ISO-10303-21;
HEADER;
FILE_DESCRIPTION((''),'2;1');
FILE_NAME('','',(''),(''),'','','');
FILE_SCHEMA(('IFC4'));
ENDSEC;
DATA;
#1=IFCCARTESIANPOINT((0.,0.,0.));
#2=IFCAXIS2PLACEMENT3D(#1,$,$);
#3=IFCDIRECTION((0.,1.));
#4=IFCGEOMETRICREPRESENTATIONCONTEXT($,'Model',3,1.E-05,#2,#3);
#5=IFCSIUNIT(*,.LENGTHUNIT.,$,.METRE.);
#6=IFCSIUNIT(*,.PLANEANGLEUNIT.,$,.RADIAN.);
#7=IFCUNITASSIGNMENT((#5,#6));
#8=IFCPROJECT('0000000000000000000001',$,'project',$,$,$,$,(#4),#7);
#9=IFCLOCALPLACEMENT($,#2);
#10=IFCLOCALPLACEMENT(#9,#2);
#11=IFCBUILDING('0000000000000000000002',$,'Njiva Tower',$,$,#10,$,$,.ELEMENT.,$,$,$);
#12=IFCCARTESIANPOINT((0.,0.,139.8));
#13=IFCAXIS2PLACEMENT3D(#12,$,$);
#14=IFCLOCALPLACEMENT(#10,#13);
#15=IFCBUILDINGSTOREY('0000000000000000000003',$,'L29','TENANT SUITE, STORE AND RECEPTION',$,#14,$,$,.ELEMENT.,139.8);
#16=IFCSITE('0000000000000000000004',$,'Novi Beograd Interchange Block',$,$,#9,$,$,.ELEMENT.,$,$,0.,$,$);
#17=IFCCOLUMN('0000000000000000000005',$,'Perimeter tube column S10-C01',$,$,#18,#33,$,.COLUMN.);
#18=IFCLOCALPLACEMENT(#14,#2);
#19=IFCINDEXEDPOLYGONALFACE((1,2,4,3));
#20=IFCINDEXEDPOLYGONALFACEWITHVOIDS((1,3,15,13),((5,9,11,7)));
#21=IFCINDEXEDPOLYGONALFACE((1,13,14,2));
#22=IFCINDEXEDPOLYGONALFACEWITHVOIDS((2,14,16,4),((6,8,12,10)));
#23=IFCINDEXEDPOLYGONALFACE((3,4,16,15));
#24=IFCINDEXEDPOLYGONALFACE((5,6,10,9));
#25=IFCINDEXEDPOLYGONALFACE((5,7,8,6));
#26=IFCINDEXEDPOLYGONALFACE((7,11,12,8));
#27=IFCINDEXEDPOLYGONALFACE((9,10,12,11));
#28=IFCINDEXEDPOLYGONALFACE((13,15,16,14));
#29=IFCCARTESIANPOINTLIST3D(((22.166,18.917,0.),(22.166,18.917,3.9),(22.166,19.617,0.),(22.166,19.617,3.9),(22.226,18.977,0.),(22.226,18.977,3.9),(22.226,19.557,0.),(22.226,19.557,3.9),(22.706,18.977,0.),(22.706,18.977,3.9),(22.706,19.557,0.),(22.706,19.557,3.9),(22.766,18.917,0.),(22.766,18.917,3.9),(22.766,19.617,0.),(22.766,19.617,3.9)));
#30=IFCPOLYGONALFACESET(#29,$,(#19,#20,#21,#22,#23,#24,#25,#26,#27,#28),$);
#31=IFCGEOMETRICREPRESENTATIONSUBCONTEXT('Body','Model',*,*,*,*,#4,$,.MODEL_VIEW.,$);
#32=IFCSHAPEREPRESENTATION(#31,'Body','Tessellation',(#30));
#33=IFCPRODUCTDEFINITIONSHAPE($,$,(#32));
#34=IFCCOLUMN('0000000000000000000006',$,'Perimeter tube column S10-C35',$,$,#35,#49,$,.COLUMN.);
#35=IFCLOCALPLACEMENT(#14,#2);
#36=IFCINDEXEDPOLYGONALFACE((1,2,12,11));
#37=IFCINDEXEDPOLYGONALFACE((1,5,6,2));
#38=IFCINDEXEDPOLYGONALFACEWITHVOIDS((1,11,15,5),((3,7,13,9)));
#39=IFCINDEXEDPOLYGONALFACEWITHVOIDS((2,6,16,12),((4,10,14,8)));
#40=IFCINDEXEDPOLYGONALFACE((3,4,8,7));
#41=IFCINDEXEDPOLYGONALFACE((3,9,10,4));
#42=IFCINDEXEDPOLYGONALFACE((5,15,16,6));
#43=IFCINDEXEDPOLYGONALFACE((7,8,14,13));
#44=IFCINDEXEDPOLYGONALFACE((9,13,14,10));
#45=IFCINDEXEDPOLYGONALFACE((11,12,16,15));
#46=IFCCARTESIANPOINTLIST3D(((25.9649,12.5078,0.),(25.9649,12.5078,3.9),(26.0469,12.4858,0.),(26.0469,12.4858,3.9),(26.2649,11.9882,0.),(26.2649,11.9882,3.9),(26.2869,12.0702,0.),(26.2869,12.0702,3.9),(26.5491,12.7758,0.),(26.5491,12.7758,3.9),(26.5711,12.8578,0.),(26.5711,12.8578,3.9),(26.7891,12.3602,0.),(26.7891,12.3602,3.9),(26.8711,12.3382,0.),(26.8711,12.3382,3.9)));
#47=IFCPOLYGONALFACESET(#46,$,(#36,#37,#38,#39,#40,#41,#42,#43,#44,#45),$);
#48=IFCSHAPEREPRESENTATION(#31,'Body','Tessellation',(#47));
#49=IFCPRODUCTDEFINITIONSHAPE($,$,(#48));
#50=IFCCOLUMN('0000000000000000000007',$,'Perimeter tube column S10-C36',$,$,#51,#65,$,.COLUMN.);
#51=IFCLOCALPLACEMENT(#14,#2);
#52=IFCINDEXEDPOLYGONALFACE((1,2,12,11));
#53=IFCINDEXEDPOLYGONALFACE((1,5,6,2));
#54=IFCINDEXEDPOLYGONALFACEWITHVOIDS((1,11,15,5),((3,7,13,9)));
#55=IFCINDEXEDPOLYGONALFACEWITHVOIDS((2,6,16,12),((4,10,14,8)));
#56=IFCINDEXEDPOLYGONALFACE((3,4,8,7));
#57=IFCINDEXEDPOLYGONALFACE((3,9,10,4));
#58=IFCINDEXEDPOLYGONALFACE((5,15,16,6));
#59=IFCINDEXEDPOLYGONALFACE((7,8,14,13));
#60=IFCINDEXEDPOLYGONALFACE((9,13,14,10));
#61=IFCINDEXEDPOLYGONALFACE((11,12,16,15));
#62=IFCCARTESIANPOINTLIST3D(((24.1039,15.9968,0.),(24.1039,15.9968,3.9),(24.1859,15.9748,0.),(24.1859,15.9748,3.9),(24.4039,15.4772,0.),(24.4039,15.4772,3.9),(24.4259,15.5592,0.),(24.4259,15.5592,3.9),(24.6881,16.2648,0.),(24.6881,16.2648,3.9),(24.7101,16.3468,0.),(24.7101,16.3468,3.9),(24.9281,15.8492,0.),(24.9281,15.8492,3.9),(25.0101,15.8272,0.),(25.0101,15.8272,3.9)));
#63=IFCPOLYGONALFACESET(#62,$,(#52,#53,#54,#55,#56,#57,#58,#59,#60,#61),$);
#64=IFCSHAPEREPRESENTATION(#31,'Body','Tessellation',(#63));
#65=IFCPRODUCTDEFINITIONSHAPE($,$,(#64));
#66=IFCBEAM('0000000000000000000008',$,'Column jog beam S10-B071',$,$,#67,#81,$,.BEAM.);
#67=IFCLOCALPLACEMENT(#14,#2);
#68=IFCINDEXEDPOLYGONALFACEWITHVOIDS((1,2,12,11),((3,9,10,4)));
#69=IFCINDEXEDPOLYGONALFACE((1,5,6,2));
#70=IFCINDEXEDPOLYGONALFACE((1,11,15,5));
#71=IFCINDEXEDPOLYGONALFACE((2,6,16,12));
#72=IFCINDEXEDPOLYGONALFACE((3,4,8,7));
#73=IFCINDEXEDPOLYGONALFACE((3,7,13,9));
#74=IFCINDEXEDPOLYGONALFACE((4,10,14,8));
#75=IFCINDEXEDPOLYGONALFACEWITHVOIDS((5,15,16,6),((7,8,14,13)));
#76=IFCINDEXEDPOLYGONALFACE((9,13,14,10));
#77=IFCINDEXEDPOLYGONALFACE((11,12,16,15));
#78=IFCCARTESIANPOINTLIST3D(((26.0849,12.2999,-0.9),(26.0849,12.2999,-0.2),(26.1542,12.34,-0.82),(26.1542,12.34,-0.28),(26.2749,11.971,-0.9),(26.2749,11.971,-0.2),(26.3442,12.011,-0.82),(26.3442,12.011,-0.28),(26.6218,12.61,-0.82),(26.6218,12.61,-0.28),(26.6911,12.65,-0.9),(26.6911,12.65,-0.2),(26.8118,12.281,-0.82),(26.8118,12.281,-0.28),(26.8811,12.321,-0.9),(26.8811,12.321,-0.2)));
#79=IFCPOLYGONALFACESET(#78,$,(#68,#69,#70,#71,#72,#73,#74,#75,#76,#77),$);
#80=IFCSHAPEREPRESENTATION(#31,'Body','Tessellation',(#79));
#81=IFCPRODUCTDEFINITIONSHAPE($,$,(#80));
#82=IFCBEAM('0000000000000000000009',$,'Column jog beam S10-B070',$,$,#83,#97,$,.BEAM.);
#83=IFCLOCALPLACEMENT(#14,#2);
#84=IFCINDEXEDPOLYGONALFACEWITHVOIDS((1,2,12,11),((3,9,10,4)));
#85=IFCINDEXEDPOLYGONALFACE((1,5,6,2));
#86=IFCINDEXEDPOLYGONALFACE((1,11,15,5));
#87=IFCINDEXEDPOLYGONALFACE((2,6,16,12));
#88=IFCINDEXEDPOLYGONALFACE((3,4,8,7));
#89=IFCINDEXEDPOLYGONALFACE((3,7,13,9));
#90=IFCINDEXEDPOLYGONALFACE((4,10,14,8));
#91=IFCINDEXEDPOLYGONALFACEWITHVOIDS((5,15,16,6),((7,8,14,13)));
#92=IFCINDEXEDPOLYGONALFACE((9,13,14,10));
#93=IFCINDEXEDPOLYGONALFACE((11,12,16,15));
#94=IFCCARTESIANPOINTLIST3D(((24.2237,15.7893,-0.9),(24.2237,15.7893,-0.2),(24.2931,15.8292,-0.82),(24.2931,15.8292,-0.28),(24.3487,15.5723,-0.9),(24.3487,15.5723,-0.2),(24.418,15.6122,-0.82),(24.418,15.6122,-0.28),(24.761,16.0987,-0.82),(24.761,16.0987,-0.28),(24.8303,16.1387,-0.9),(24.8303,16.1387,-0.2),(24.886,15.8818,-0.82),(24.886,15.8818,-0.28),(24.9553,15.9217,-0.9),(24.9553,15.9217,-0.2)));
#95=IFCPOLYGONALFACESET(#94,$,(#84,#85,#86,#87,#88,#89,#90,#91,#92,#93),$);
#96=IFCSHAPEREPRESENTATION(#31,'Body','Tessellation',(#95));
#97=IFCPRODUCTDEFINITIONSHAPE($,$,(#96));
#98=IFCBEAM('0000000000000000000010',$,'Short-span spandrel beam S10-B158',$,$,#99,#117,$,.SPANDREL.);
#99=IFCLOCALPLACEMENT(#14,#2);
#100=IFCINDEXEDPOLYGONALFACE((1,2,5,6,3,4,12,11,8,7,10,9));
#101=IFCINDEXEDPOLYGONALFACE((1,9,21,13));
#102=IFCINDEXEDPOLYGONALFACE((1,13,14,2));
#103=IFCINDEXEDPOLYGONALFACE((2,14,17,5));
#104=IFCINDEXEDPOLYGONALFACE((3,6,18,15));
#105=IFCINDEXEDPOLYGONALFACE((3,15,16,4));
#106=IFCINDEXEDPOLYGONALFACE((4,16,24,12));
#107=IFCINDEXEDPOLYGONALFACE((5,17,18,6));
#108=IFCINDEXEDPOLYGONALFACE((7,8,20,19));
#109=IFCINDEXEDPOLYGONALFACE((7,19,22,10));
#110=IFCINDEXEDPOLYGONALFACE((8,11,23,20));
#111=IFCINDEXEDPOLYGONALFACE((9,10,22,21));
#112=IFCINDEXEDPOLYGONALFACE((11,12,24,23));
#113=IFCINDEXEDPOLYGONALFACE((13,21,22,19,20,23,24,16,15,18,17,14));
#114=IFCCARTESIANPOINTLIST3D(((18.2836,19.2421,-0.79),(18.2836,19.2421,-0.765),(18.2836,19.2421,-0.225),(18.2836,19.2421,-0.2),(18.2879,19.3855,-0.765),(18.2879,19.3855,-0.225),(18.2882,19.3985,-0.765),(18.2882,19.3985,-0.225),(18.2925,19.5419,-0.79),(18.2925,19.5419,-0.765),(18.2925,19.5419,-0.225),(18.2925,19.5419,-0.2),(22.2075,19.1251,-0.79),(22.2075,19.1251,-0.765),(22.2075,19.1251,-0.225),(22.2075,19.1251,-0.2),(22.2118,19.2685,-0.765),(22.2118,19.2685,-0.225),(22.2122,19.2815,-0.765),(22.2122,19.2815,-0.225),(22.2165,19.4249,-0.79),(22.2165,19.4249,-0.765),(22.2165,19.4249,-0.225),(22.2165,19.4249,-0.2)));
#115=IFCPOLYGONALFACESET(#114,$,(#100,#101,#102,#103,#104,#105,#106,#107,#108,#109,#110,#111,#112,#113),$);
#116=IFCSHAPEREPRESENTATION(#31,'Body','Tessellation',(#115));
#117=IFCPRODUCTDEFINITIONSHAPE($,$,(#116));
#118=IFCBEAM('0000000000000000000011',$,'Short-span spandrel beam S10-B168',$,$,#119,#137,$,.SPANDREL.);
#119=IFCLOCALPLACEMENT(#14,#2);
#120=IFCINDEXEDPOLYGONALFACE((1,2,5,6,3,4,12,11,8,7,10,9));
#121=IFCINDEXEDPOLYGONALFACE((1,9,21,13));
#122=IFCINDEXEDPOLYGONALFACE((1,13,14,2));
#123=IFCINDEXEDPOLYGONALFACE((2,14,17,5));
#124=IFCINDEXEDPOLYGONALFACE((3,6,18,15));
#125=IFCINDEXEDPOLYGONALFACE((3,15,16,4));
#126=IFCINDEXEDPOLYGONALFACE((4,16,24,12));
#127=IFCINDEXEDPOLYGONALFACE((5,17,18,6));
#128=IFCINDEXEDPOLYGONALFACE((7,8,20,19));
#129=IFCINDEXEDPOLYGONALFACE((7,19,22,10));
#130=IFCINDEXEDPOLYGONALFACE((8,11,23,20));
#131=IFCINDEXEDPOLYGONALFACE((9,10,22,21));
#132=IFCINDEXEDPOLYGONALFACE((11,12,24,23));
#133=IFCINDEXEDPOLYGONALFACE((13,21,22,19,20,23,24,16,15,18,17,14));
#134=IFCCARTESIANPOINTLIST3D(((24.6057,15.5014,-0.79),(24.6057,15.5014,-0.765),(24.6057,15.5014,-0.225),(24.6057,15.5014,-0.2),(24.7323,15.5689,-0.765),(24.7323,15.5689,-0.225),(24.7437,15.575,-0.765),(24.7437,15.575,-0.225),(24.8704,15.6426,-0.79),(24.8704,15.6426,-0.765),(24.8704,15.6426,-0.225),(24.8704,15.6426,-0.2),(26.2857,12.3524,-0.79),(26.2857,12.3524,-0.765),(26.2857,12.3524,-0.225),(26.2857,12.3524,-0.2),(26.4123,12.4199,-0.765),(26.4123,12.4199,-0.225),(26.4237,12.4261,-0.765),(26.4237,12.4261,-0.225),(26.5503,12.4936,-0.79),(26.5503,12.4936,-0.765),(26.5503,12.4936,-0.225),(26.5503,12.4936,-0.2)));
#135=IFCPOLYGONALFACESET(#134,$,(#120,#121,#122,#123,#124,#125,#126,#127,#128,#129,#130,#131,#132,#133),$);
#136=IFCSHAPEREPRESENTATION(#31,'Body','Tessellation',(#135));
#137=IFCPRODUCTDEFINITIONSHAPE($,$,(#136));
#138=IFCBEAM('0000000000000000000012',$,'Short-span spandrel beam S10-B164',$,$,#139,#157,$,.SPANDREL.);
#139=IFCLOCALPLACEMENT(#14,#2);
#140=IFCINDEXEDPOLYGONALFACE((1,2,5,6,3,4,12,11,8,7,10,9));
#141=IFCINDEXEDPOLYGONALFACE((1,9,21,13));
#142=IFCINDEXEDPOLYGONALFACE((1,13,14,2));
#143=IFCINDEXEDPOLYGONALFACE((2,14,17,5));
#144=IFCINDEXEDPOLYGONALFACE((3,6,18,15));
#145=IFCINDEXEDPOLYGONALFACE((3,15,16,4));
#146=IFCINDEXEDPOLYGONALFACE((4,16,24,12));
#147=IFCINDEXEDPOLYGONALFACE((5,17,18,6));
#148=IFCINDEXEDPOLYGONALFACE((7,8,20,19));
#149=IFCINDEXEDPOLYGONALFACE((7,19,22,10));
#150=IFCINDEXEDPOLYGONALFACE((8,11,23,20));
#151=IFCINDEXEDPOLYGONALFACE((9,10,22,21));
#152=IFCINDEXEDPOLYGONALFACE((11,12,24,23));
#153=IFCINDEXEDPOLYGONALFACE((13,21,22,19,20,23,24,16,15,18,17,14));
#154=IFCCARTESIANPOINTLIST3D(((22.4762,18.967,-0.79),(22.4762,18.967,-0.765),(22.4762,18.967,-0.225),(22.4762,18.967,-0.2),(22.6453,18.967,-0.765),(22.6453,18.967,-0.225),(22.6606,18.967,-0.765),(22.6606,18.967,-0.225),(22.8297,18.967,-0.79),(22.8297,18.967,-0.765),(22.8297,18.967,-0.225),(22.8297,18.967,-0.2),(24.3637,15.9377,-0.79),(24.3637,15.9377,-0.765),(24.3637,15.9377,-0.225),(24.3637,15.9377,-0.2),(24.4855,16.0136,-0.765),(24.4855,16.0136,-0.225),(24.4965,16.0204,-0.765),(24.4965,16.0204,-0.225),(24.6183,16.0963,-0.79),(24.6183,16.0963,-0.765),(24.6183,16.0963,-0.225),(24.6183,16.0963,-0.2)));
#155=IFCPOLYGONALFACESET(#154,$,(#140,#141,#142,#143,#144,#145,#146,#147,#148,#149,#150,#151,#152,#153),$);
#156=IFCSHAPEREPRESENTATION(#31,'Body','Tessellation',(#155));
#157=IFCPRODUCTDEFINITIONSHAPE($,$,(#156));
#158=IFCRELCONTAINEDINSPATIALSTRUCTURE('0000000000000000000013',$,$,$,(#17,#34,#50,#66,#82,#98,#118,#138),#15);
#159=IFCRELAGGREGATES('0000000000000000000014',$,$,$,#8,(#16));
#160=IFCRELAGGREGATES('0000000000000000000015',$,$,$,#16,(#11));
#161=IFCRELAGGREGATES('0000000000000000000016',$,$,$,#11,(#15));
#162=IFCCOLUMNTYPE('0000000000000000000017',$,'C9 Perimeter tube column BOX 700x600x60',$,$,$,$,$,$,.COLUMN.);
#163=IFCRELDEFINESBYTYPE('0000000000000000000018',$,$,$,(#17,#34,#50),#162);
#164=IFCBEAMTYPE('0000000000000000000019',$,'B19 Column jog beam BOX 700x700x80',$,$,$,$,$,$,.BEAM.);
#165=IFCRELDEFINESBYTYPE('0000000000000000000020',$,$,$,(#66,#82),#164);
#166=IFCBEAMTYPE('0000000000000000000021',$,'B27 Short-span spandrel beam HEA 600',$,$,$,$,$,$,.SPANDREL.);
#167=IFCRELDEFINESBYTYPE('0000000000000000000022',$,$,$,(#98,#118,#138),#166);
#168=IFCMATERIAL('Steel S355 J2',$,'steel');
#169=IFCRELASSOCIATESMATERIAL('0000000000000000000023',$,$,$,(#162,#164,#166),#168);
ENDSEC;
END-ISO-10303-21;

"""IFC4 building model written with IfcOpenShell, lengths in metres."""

from ifc_helpers import new_model, si_unit, direction, frame, origin, origin_2d, place, context, subcontext, project, spatial, hollow_rectangle, i_section, extrude, clip, halfspace, material, material_profile, profile_set, type_object, element, save


model = new_model("IFC4")

# Units and contexts
model_context = context("Model", 3, precision=1e-05, world=origin(), true_north=direction((0.0, 1.0)))
body_context = subcontext(model_context, "Body", "Model", "MODEL_VIEW")
ifc_project = project(units=[si_unit("LENGTHUNIT", "METRE"), si_unit("PLANEANGLEUNIT", "RADIAN")], contexts=[model_context])

# Site, building, storey
site_placement = place(None, origin())
site = spatial("IfcSite", under=ifc_project, at=site_placement, Name="Novi Beograd Interchange Block", CompositionType="ELEMENT", RefElevation=0.0)
building_placement = place(site_placement, origin())
building = spatial("IfcBuilding", under=site, at=building_placement, Name="Njiva Tower", CompositionType="ELEMENT")
storey_placement = place(building_placement, frame((0.0, 0.0, 139.8)))
storey = spatial("IfcBuildingStorey", under=building, at=storey_placement, Name="L29", Description="TENANT SUITE, STORE AND RECEPTION", CompositionType="ELEMENT", Elevation=139.8)

# Columns
ifc_material_1 = material(Name="Steel S355 J2", Category="steel")
ifc_material_profile_1 = material_profile(ifc_material_1, hollow_rectangle(XDim=0.6, YDim=0.7, WallThickness=0.06, at=origin_2d()), Name="BOX 700x600x60")
ifc_profile_set_1 = profile_set([ifc_material_profile_1], Name="Steel S355 J2")
column_type = type_object("IfcColumnType", Name="C9 Perimeter tube column BOX 700x600x60", PredefinedType="COLUMN", material=ifc_profile_set_1)
for number, where, z_axis, x_axis, name in (
    (1, (22.466, 19.267, 0.0), (0.0, 0.0, 1.0), (-1.0, 0.0, 0.0), "Perimeter tube column S10-C01"),
    (2, (26.418, 12.423, 0.0), (0.0, 0.0, 1.0), (-0.5, 0.866025, 0.0), "Perimeter tube column S10-C35"),
    (3, (24.557, 15.912, 0.0), (0.0, 0.0, 1.0), (-0.5, 0.866025, 0.0), "Perimeter tube column S10-C36"),
):
    element("IfcColumn", number, at=place(storey_placement, frame(where, z_axis=z_axis, x_axis=x_axis)), inside=storey, type_object=column_type, Name=name, PredefinedType="COLUMN", context=body_context, shape_type="SweptSolid", body=[
        extrude(hollow_rectangle(XDim=0.6, YDim=0.7, WallThickness=0.06, at=origin_2d()), origin(), (0.0, 0.0, 1.0), 3.9),
    ])

# Beams
ifc_material_profile_2 = material_profile(ifc_material_1, hollow_rectangle(XDim=0.7, YDim=0.7, WallThickness=0.08, at=origin_2d()), Name="BOX 700x700x80")
ifc_profile_set_2 = profile_set([ifc_material_profile_2], Name="Steel S355 J2")
beam_type_1 = type_object("IfcBeamType", Name="B19 Column jog beam BOX 700x700x80", PredefinedType="BEAM", material=ifc_profile_set_2)
beam_1_placement = place(storey_placement, frame((26.578, 12.146, -0.55), z_axis=(-0.500102, 0.865966, 0.0), x_axis=(-0.865966, -0.500102, 0.0)))
element("IfcBeam", 4, at=beam_1_placement, inside=storey, type_object=beam_type_1, Name="Column jog beam S10-B071", PredefinedType="BEAM", context=body_context, shape_type="SweptSolid", body=[
    extrude(hollow_rectangle(XDim=0.7, YDim=0.7, WallThickness=0.08, at=origin_2d()), origin(), (0.0, 0.0, 1.0), 0.3799),
])
beam_2_placement = place(storey_placement, frame((24.652, 15.747, -0.55), z_axis=(-0.499146, 0.866518, 0.0), x_axis=(-0.866518, -0.499146, 0.0)))
element("IfcBeam", 5, at=beam_2_placement, inside=storey, type_object=beam_type_1, Name="Column jog beam S10-B070", PredefinedType="BEAM", context=body_context, shape_type="SweptSolid", body=[
    extrude(hollow_rectangle(XDim=0.7, YDim=0.7, WallThickness=0.08, at=origin_2d()), origin(), (0.0, 0.0, 1.0), 0.2504),
])
ifc_material_profile_3 = material_profile(ifc_material_1, i_section(OverallWidth=0.3, OverallDepth=0.59, WebThickness=0.013, FlangeThickness=0.025, at=origin_2d()), Name="HEA 600")
ifc_profile_set_3 = profile_set([ifc_material_profile_3], Name="Steel S355 J2")
beam_type_2 = type_object("IfcBeamType", Name="B27 Short-span spandrel beam HEA 600", PredefinedType="SPANDREL", material=ifc_profile_set_3)
beam_3_placement = place(storey_placement, frame((22.212, 19.275, -0.495), z_axis=(-0.999556, 0.029803, 0.0), x_axis=(-0.029803, -0.999556, 0.0)))
element("IfcBeam", 6, at=beam_3_placement, inside=storey, type_object=beam_type_2, Name="Short-span spandrel beam S10-B158", PredefinedType="SPANDREL", context=body_context, shape_type="SweptSolid", body=[
    extrude(i_section(OverallWidth=0.3, OverallDepth=0.59, WebThickness=0.013, FlangeThickness=0.025, at=origin_2d()), origin(), (0.0, 0.0, 1.0), 3.9257),
])
beam_4_placement = place(storey_placement, frame((26.418, 12.423, -0.495), z_axis=(-0.470705, 0.882291, 0.0), x_axis=(-0.882291, -0.470705, 0.0)))
element("IfcBeam", 7, at=beam_4_placement, inside=storey, type_object=beam_type_2, Name="Short-span spandrel beam S10-B168", PredefinedType="SPANDREL", context=body_context, shape_type="SweptSolid", body=[
    extrude(i_section(OverallWidth=0.3, OverallDepth=0.59, WebThickness=0.013, FlangeThickness=0.025, at=origin_2d()), origin(), (0.0, 0.0, 1.0), 3.5691),
])
beam_5_placement = place(storey_placement, frame((24.491, 16.017, -0.495), z_axis=(-0.528809, 0.848741, 0.0), x_axis=(-0.848741, -0.528809, 0.0)))
element("IfcBeam", 8, at=beam_5_placement, inside=storey, type_object=beam_type_2, Name="Short-span spandrel beam S10-B164", PredefinedType="SPANDREL", context=body_context, shape_type="Clipping", body=[
    clip(extrude(i_section(OverallWidth=0.3, OverallDepth=0.59, WebThickness=0.013, FlangeThickness=0.025, at=origin_2d()), origin(), (0.0, 0.0, 1.0), 3.5887), halfspace(frame((-0.0266, 0.0, 3.4592), z_axis=(-0.528809, 0.0, 0.848741), x_axis=(0.0, 1.0, 0.0)), False)),
])

save(model, "model.ifc")
